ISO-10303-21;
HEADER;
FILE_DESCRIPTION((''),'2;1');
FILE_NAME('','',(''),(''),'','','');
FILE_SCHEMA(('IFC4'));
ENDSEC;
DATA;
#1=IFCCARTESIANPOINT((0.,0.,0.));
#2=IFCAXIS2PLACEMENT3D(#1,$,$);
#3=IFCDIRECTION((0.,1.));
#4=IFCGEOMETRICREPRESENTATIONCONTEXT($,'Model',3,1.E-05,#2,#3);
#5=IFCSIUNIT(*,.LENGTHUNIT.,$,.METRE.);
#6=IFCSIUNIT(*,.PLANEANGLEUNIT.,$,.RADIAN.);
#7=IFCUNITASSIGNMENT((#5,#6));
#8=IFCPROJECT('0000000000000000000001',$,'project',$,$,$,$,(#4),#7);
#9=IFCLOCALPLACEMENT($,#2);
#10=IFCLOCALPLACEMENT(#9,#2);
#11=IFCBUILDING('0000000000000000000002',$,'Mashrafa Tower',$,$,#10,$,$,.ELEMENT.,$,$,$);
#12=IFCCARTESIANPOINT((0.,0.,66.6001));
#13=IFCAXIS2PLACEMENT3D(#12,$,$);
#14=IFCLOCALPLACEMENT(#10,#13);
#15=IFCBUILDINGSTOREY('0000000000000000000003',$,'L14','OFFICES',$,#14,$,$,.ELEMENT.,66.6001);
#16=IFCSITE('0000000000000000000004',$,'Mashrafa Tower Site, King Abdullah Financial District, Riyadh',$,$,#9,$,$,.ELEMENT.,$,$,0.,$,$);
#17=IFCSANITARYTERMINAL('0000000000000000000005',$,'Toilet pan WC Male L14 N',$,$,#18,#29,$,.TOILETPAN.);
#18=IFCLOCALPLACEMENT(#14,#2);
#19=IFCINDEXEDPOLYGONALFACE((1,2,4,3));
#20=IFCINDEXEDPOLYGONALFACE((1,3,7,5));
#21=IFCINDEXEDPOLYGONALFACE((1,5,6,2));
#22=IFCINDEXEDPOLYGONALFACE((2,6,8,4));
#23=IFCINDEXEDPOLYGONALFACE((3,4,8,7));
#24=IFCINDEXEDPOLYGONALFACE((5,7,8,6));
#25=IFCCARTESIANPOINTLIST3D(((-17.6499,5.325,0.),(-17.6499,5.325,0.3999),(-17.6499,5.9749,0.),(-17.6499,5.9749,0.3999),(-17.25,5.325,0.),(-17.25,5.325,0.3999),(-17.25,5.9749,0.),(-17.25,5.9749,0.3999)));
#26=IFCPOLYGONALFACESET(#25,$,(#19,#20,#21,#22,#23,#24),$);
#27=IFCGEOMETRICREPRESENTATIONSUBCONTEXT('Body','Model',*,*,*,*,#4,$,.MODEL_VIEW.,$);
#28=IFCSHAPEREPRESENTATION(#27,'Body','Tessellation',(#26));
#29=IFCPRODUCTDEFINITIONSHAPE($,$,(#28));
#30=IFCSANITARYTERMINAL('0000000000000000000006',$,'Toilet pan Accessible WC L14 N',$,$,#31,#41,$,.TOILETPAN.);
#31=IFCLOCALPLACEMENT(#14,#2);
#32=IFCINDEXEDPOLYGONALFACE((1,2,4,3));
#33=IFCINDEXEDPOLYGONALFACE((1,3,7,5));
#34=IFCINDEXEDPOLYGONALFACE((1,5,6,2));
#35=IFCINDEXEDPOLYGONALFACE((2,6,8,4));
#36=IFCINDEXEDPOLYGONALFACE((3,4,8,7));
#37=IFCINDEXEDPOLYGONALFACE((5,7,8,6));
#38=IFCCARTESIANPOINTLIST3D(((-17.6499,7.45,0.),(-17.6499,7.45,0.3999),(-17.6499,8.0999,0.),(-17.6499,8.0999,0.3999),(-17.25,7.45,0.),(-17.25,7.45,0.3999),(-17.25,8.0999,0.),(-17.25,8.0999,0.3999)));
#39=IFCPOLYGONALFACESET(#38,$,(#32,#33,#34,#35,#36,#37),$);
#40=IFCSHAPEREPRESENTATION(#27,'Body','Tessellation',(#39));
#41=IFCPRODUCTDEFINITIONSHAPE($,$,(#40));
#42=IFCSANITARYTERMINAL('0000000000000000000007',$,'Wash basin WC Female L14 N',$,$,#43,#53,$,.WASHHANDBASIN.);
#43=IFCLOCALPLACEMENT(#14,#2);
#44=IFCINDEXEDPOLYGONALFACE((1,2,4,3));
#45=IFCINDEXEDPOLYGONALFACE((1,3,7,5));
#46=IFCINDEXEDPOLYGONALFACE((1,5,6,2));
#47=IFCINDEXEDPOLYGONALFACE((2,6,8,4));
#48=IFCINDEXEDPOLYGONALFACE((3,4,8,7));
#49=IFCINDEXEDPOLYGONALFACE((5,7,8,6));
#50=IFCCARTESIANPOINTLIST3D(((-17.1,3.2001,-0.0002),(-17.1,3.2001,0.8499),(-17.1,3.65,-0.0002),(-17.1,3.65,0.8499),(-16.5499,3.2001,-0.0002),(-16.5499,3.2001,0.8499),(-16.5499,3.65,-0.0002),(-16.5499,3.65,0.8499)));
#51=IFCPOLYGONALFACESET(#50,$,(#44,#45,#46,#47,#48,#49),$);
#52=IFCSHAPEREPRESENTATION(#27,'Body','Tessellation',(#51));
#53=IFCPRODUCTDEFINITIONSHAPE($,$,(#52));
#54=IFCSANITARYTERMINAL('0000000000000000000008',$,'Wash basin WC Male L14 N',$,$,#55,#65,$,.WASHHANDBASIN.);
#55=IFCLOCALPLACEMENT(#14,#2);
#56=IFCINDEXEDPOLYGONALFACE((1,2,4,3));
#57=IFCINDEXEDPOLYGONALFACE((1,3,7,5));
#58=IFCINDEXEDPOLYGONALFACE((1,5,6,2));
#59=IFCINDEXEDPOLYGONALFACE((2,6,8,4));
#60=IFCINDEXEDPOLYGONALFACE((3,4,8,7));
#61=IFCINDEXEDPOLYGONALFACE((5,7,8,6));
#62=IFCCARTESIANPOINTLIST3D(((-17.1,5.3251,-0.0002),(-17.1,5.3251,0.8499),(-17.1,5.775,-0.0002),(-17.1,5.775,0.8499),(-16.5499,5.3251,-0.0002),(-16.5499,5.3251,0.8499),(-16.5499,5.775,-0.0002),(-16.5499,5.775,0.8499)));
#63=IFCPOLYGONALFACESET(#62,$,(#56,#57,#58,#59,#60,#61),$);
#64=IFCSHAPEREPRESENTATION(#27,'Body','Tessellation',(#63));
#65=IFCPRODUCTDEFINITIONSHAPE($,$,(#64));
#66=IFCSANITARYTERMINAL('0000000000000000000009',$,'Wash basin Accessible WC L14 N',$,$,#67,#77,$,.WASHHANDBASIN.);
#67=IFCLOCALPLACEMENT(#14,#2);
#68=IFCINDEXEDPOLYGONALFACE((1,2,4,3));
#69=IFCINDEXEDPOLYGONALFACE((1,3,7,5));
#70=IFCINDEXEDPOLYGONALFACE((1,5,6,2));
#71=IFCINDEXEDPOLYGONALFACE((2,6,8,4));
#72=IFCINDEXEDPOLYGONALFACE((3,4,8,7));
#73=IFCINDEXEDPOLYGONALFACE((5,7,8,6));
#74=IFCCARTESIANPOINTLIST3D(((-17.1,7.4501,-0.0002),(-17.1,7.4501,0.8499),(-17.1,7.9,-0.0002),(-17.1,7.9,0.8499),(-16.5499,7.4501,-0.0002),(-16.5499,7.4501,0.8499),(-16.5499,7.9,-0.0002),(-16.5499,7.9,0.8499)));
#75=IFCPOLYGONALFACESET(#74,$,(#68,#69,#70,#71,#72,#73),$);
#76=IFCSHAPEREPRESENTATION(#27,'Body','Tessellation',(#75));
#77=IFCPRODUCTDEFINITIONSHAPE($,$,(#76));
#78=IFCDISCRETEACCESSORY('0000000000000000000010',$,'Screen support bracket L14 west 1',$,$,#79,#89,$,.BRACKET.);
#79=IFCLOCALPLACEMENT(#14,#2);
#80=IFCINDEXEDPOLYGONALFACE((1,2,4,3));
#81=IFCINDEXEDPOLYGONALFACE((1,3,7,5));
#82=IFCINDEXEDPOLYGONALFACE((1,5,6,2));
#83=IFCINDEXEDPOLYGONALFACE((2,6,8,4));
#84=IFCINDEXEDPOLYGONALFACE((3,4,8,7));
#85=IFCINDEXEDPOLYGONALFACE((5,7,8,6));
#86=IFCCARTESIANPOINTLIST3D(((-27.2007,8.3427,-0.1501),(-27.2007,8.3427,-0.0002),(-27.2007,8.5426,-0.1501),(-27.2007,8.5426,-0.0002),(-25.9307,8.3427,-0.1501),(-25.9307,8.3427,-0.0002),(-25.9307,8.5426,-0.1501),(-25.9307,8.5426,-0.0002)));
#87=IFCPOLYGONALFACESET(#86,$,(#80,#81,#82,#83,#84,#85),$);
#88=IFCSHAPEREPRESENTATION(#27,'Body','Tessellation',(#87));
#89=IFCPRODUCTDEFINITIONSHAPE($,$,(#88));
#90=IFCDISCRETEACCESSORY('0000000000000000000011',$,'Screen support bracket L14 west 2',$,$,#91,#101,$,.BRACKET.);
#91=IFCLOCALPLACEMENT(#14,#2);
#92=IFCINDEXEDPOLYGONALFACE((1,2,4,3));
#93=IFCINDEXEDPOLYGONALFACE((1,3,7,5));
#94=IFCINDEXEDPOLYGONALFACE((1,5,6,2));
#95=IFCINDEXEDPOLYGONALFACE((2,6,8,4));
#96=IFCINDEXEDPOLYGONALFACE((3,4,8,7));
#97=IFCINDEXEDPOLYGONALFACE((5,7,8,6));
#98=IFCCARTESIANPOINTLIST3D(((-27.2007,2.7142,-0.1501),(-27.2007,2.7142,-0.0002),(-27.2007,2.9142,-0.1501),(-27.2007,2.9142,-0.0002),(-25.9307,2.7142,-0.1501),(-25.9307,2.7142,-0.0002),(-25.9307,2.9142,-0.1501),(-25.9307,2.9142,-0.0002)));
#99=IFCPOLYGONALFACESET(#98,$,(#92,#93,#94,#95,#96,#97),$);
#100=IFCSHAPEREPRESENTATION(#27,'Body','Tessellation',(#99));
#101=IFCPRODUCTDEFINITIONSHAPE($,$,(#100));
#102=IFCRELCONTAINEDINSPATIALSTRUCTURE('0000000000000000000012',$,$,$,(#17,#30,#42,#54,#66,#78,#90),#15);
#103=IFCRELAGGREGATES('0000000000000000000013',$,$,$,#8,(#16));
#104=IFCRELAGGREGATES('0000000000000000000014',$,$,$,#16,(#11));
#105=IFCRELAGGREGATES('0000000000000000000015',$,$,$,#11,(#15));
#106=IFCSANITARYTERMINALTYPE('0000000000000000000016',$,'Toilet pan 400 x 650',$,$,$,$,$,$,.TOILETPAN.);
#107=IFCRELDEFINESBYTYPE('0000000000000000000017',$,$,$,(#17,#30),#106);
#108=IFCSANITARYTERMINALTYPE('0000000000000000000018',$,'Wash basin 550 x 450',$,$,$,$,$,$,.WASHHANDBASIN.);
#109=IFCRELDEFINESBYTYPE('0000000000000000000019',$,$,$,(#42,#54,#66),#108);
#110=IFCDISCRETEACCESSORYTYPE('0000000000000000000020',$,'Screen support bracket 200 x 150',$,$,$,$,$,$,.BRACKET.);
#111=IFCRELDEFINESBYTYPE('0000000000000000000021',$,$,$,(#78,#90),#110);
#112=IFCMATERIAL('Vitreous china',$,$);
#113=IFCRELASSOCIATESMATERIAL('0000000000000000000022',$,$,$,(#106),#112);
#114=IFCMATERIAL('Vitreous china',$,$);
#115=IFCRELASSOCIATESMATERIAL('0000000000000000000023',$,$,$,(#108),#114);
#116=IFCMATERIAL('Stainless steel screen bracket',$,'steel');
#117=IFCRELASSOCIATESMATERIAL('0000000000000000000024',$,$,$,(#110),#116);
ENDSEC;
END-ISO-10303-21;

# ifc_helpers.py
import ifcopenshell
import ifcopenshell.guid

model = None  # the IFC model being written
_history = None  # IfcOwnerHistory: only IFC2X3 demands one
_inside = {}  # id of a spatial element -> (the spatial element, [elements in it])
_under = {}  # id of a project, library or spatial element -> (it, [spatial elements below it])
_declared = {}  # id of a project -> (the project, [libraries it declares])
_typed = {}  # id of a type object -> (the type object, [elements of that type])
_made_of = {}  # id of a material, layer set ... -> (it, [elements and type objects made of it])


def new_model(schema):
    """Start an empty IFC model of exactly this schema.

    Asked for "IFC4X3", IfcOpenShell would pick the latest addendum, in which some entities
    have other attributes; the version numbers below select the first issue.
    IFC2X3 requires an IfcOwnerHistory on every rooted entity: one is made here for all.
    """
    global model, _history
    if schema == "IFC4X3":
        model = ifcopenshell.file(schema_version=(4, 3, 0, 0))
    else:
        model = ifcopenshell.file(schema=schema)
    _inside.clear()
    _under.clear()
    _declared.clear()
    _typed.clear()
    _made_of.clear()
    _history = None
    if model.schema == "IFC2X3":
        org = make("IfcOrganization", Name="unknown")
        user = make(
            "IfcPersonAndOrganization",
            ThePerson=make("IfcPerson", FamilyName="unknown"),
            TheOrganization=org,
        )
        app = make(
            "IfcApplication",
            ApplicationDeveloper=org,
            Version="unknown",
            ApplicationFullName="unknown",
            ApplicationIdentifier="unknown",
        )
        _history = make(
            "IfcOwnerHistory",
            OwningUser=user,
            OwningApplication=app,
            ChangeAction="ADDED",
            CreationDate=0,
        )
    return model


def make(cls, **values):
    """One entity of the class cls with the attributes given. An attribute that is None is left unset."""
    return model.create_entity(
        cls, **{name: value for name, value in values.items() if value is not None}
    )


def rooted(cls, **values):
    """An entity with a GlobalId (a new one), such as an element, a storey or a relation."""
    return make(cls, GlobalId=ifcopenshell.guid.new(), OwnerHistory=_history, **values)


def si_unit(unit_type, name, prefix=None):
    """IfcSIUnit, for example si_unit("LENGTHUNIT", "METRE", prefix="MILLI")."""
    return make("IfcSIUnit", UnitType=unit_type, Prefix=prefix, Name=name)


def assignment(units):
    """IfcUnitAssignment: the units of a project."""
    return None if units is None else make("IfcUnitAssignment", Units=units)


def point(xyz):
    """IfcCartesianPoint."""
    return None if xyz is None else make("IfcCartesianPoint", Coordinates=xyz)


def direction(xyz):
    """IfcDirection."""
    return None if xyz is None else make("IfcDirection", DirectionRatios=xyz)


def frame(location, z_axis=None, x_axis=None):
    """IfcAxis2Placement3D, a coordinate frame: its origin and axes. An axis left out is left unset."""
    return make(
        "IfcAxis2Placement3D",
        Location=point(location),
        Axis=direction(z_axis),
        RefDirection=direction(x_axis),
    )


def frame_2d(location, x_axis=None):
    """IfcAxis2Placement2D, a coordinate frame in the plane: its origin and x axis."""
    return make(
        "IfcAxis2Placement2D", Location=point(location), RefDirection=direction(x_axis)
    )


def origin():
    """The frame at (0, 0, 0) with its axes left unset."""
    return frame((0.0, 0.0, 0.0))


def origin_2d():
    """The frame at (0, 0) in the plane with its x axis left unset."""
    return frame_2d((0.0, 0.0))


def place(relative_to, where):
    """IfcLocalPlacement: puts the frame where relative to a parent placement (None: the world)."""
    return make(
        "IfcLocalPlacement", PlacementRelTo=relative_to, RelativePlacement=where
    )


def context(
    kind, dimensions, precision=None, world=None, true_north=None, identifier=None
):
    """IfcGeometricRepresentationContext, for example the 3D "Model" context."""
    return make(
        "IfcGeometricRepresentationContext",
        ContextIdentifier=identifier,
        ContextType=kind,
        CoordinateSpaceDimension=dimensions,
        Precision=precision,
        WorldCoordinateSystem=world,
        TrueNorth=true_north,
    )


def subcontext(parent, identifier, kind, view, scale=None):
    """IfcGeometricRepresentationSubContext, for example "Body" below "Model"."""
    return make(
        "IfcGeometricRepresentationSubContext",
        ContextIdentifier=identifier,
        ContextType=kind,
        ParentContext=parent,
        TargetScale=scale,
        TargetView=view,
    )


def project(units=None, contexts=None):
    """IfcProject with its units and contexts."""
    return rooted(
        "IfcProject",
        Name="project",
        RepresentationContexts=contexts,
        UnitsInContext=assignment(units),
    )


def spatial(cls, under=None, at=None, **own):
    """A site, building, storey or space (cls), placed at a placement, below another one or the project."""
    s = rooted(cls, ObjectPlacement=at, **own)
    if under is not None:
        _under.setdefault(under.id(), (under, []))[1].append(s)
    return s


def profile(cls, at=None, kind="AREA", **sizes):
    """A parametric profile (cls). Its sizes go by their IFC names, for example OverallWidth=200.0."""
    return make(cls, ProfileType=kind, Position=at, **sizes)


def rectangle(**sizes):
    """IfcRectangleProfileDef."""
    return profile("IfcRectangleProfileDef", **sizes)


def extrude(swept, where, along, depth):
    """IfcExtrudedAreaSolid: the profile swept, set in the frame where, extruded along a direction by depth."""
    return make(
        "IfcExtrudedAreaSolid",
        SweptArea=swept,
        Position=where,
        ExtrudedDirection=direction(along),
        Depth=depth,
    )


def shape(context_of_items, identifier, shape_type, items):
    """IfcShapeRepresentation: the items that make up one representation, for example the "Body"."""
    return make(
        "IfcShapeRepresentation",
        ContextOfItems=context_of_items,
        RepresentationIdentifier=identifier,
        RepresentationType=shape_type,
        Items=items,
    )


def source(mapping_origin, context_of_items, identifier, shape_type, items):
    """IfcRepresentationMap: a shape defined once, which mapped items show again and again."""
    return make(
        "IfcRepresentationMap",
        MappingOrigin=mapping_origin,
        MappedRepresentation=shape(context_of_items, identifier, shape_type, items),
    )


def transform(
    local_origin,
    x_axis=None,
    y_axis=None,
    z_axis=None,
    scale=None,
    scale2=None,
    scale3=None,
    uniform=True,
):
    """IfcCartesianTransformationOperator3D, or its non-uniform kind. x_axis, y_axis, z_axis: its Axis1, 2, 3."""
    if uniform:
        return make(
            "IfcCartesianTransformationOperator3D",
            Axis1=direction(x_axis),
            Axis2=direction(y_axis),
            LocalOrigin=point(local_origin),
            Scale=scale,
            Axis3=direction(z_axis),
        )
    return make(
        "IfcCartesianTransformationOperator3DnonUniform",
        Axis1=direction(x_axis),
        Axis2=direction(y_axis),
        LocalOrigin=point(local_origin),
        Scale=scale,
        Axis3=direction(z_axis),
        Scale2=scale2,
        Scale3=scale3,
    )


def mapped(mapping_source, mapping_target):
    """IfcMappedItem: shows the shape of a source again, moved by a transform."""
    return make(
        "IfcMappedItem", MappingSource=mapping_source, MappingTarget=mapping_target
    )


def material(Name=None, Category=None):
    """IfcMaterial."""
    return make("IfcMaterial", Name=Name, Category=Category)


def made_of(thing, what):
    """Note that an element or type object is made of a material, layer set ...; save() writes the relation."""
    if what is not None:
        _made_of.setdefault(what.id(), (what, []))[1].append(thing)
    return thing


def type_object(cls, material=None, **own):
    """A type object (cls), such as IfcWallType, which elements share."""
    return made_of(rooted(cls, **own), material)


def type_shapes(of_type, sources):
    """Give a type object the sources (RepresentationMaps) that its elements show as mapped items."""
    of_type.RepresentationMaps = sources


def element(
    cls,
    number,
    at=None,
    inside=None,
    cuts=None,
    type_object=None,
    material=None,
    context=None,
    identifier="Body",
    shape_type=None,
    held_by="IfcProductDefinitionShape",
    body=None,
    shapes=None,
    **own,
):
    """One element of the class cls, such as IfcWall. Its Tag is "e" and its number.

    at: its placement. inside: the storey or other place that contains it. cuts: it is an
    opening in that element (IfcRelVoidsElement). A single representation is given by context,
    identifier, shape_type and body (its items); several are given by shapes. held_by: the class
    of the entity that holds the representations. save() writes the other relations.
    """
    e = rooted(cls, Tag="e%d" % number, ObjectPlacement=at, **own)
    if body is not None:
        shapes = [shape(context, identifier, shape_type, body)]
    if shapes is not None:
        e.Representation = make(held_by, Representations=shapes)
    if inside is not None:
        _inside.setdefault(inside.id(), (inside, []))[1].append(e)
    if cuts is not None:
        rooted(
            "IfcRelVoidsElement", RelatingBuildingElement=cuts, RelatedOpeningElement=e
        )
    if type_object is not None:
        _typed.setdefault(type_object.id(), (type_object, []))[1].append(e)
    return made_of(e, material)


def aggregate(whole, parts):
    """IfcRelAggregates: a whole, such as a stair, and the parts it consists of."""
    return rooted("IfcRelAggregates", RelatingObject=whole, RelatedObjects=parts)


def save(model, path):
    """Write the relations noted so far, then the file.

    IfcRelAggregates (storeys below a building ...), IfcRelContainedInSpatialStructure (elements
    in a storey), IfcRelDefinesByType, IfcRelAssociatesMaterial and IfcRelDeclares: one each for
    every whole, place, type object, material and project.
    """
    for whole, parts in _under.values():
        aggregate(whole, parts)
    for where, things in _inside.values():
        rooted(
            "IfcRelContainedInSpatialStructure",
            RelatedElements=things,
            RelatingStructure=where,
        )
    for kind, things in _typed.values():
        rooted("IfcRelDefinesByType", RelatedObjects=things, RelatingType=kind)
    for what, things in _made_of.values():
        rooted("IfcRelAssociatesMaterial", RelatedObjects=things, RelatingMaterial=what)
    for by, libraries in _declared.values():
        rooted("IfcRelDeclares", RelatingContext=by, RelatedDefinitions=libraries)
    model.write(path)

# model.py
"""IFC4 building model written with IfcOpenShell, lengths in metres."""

from ifc_helpers import new_model, si_unit, direction, frame, origin, origin_2d, place, context, subcontext, project, spatial, rectangle, extrude, source, transform, mapped, material, type_object, type_shapes, element, save


model = new_model("IFC4")

# Units and contexts
model_context = context("Model", 3, precision=1e-05, world=origin(), true_north=direction((0.0, 1.0)))
body_context = subcontext(model_context, "Body", "Model", "MODEL_VIEW")
ifc_project = project(units=[si_unit("LENGTHUNIT", "METRE"), si_unit("PLANEANGLEUNIT", "RADIAN")], contexts=[model_context])

# Site, building, storey
site_placement = place(None, origin())
site = spatial("IfcSite", under=ifc_project, at=site_placement, Name="Mashrafa Tower Site, King Abdullah Financial District, Riyadh", CompositionType="ELEMENT", RefElevation=0.0)
building_placement = place(site_placement, origin())
building = spatial("IfcBuilding", under=site, at=building_placement, Name="Mashrafa Tower", CompositionType="ELEMENT")
storey_placement = place(building_placement, frame((0.0, 0.0, 66.6001)))
storey = spatial("IfcBuildingStorey", under=building, at=storey_placement, Name="L14", Description="OFFICES", CompositionType="ELEMENT", Elevation=66.6001)

# Sanitary terminals
ifc_material_1 = material(Name="Vitreous china")
sanitary_terminal_type_1 = type_object("IfcSanitaryTerminalType", Name="Toilet pan 400 x 650", PredefinedType="TOILETPAN", material=ifc_material_1)
for number, where, z_axis, x_axis, name in (
    (1, (-17.45, 5.6499, 0.0), (0.0, 0.0, 1.0), (1.0, 0.0, 0.0), "Toilet pan WC Male L14 N"),
    (2, (-17.45, 7.7749, 0.0), (0.0, 0.0, 1.0), (1.0, 0.0, 0.0), "Toilet pan Accessible WC L14 N"),
):
    element("IfcSanitaryTerminal", number, at=place(storey_placement, frame(where, z_axis=z_axis, x_axis=x_axis)), inside=storey, type_object=sanitary_terminal_type_1, Name=name, PredefinedType="TOILETPAN", context=body_context, shape_type="SweptSolid", body=[
        extrude(rectangle(XDim=0.3999, YDim=0.6499, at=origin_2d()), origin(), (0.0, 0.0, 1.0), 0.3999),
    ])
ifc_material_2 = material(Name="Vitreous china")
sanitary_terminal_type_2 = type_object("IfcSanitaryTerminalType", Name="Wash basin 550 x 450", PredefinedType="WASHHANDBASIN", material=ifc_material_2)
for number, where, z_axis, x_axis, name in (
    (3, (-16.825, 3.425, -0.0002), (0.0, 0.0, 1.0), (1.0, 0.0, 0.0), "Wash basin WC Female L14 N"),
    (4, (-16.825, 5.55, -0.0002), (0.0, 0.0, 1.0), (1.0, 0.0, 0.0), "Wash basin WC Male L14 N"),
    (5, (-16.825, 7.675, -0.0002), (0.0, 0.0, 1.0), (1.0, 0.0, 0.0), "Wash basin Accessible WC L14 N"),
):
    element("IfcSanitaryTerminal", number, at=place(storey_placement, frame(where, z_axis=z_axis, x_axis=x_axis)), inside=storey, type_object=sanitary_terminal_type_2, Name=name, PredefinedType="WASHHANDBASIN", context=body_context, shape_type="SweptSolid", body=[
        extrude(rectangle(XDim=0.55, YDim=0.45, at=origin_2d()), origin(), (0.0, 0.0, 1.0), 0.8501),
    ])

# Discrete accessories
ifc_material_3 = material(Name="Stainless steel screen bracket", Category="steel")
discrete_accessory_type = type_object("IfcDiscreteAccessoryType", Name="Screen support bracket 200 x 150", PredefinedType="BRACKET", material=ifc_material_3)
shared_shape_1 = source(origin(), body_context, "Body", "SweptSolid", [
    extrude(rectangle(XDim=0.2, YDim=1.27, at=origin_2d()), origin(), (0.0, 0.0, 1.0), 0.1499),
])
type_shapes(discrete_accessory_type, [shared_shape_1])
for number, where, z_axis, x_axis, name in (
    (6, (-26.5657, 8.4426, -0.1501), (0.0, 0.0, 1.0), (0.0, -1.0, 0.0), "Screen support bracket L14 west 1"),
    (7, (-26.5657, 2.8142, -0.1501), (0.0, 0.0, 1.0), (0.0, -1.0, 0.0), "Screen support bracket L14 west 2"),
):
    element("IfcDiscreteAccessory", number, at=place(storey_placement, frame(where, z_axis=z_axis, x_axis=x_axis)), inside=storey, type_object=discrete_accessory_type, Name=name, PredefinedType="BRACKET", context=body_context, shape_type="MappedRepresentation", body=[
        mapped(shared_shape_1, transform((0.0, 0.0, 0.0))),
    ])

save(model, "model.ifc")
